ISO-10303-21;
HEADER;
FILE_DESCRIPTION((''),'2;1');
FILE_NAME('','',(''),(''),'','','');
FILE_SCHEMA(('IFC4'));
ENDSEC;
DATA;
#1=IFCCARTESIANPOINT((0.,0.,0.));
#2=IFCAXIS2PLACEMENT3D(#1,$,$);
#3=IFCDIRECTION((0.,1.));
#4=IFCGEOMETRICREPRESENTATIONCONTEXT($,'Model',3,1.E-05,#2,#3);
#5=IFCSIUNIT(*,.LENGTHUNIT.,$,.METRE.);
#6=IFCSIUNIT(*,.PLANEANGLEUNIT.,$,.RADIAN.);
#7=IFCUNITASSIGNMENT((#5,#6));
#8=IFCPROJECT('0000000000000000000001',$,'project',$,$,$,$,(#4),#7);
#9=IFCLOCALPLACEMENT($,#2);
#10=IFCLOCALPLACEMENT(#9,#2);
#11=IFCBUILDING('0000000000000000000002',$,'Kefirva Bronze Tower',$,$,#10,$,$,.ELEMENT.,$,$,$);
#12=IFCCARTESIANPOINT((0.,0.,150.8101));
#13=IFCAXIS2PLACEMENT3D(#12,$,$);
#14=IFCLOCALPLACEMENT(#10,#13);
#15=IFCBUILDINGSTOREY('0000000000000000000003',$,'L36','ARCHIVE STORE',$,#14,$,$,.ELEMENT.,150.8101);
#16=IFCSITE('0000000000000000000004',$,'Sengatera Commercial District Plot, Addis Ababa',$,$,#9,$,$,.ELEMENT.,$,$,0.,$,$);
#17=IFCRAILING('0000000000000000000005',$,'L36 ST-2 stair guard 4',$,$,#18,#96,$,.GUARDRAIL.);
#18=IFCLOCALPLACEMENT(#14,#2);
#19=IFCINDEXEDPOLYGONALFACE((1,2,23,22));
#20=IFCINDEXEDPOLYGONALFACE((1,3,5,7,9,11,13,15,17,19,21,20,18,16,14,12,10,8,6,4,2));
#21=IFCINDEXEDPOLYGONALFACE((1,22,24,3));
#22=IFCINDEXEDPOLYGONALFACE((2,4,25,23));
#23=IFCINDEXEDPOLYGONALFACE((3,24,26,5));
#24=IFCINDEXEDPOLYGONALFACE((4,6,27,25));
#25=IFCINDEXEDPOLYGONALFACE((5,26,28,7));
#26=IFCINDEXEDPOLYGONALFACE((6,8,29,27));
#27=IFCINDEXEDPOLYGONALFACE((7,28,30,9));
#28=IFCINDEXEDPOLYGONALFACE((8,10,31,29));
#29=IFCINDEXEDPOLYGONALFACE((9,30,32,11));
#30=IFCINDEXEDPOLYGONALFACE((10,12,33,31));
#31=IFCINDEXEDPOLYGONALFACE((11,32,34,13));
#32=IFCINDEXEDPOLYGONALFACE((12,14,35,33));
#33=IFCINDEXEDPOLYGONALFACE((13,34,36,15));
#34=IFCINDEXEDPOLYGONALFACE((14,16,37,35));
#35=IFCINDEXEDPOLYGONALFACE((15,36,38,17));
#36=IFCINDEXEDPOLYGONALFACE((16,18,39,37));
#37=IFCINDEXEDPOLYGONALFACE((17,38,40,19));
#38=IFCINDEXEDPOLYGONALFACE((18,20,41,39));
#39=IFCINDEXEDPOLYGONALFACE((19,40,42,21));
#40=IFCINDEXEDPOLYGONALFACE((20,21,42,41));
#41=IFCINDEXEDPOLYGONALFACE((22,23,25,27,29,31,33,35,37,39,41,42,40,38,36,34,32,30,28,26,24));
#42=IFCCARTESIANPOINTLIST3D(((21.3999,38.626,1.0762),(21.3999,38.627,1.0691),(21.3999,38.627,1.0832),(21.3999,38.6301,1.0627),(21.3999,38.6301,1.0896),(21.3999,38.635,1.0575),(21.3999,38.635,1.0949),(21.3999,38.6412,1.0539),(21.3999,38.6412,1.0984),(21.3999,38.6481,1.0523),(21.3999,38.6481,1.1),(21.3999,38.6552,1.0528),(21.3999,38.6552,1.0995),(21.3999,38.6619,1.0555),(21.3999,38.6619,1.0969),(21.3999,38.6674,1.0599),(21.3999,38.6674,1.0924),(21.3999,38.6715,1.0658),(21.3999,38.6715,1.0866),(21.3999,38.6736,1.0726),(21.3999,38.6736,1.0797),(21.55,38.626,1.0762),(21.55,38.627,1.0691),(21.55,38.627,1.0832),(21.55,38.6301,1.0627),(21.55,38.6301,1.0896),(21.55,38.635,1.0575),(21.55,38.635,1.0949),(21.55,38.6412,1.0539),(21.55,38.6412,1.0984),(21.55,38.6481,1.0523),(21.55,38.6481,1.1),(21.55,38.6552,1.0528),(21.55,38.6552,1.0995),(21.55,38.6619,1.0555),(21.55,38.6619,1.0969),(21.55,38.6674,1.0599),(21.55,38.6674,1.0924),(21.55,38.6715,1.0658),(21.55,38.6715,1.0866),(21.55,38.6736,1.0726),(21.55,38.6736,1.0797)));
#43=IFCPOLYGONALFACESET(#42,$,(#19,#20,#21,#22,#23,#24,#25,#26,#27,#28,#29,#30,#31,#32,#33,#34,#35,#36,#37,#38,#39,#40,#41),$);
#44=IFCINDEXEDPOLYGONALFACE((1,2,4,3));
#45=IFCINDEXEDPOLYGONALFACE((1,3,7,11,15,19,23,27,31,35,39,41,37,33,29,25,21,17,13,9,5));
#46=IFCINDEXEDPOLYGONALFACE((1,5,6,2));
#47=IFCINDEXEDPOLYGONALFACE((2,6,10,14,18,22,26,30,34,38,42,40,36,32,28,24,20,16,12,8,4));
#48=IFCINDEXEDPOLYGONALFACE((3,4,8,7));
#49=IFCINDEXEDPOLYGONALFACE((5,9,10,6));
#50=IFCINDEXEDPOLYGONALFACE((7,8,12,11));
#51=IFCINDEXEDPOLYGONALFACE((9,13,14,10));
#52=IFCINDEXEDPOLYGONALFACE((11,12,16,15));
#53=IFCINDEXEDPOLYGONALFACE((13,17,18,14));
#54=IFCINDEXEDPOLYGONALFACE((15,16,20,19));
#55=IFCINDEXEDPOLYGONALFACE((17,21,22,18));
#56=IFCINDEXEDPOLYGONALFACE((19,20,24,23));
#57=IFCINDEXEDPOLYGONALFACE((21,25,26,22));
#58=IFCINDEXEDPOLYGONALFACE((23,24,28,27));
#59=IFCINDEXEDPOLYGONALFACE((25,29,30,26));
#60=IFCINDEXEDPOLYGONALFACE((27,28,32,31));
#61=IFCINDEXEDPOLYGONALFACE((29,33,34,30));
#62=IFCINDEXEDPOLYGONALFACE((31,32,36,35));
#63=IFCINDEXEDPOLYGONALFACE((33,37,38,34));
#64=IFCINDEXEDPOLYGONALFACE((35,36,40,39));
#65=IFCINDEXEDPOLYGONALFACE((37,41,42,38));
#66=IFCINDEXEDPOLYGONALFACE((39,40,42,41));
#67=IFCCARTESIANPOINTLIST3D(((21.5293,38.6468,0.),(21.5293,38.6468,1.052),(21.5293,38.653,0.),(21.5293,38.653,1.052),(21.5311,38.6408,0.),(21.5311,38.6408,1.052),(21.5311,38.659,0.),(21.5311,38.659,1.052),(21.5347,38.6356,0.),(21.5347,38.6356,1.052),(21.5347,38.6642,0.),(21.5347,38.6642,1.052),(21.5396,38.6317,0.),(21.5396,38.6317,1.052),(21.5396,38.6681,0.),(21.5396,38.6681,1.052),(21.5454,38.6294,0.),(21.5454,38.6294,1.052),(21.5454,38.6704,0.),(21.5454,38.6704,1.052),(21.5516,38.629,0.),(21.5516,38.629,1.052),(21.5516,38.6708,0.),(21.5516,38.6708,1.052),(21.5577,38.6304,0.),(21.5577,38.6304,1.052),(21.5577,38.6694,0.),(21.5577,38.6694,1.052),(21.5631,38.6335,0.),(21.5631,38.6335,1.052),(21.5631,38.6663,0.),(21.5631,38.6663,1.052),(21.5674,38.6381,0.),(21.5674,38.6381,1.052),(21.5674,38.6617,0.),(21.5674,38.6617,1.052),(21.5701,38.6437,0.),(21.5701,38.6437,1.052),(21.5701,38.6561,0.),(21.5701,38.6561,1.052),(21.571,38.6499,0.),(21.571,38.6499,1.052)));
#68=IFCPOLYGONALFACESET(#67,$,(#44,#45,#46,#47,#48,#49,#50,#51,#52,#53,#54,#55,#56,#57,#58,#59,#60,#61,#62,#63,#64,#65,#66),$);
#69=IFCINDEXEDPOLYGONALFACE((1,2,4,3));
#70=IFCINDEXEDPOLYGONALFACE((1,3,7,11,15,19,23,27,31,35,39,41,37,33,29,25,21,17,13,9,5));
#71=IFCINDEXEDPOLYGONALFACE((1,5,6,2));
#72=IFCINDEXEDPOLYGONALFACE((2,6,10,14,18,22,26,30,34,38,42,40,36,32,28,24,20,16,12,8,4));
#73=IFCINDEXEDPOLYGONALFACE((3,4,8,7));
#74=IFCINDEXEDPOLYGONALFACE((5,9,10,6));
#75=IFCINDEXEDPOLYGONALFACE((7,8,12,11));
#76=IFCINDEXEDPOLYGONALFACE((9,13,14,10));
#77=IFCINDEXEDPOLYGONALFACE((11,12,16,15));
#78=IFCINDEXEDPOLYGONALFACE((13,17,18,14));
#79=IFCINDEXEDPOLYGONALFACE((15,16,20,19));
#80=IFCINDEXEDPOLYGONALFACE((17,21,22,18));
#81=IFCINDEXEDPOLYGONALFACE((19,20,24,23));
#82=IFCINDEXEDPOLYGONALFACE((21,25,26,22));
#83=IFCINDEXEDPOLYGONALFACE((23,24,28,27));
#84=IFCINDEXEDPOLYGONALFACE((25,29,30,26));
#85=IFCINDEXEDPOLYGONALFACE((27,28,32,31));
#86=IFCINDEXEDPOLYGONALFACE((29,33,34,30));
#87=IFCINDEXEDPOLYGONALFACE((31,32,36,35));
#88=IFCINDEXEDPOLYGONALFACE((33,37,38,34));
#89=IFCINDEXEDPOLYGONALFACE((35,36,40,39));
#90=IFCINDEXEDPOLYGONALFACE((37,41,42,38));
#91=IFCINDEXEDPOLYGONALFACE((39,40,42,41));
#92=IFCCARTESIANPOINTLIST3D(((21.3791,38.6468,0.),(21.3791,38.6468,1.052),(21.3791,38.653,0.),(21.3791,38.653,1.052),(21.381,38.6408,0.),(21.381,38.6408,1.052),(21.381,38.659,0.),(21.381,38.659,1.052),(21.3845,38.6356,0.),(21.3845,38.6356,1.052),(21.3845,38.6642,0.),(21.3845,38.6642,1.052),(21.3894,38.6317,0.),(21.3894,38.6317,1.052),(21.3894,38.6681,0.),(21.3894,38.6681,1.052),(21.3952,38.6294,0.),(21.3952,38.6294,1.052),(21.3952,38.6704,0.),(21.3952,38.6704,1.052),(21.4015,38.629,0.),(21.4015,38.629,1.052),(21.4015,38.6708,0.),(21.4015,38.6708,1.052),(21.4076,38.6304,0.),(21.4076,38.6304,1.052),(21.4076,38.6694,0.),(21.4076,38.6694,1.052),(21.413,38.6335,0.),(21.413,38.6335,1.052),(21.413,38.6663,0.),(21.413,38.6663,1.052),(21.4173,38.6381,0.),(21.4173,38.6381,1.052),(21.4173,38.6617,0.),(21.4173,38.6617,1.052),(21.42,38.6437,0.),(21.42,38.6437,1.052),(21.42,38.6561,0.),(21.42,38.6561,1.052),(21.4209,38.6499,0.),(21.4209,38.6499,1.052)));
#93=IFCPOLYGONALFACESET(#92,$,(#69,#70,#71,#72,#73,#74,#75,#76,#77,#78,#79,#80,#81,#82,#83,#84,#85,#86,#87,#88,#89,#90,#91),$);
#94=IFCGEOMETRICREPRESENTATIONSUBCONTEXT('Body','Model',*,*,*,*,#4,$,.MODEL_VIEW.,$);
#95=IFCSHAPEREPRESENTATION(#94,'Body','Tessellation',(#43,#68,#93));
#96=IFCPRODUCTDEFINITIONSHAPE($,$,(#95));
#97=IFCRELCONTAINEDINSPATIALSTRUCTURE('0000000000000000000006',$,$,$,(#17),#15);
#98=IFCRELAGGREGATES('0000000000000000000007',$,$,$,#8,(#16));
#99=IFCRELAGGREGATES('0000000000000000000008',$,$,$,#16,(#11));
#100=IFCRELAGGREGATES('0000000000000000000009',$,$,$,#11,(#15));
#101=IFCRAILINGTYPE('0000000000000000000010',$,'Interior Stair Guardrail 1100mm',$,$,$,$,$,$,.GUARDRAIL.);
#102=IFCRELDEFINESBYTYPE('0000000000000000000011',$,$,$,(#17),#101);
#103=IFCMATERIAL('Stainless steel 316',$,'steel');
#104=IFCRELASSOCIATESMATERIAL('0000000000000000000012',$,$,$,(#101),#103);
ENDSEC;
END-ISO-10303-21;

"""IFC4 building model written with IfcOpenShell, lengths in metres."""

from ifc_helpers import new_model, si_unit, direction, frame, origin, origin_2d, place, context, subcontext, project, spatial, circle, extrude, material, type_object, element, save


model = new_model("IFC4")

# Units and contexts
model_context = context("Model", 3, precision=1e-05, world=origin(), true_north=direction((0.0, 1.0)))
body_context = subcontext(model_context, "Body", "Model", "MODEL_VIEW")
ifc_project = project(units=[si_unit("LENGTHUNIT", "METRE"), si_unit("PLANEANGLEUNIT", "RADIAN")], contexts=[model_context])

# Site, building, storey
site_placement = place(None, origin())
site = spatial("IfcSite", under=ifc_project, at=site_placement, Name="Sengatera Commercial District Plot, Addis Ababa", CompositionType="ELEMENT", RefElevation=0.0)
building_placement = place(site_placement, origin())
building = spatial("IfcBuilding", under=site, at=building_placement, Name="Kefirva Bronze Tower", CompositionType="ELEMENT")
storey_placement = place(building_placement, frame((0.0, 0.0, 150.8101)))
storey = spatial("IfcBuildingStorey", under=building, at=storey_placement, Name="L36", Description="ARCHIVE STORE", CompositionType="ELEMENT", Elevation=150.8101)

# Railing
ifc_material_1 = material(Name="Stainless steel 316", Category="steel")
railing_type_1 = type_object("IfcRailingType", Name="Interior Stair Guardrail 1100mm", PredefinedType="GUARDRAIL", material=ifc_material_1)
railing_1_placement = place(storey_placement, frame((21.55, 38.6499, 0.0)))
element("IfcRailing", 1, at=railing_1_placement, inside=storey, type_object=railing_type_1, Name="L36 ST-2 stair guard 4", PredefinedType="GUARDRAIL", context=body_context, shape_type="SweptSolid", body=[
    extrude(circle(Radius=0.0239, at=origin_2d()), frame((0.0, 0.0, 1.0762), z_axis=(-1.0, 0.0, 0.0), x_axis=(0.0, -1.0, 0.0)), (0.0, 0.0, 1.0), 0.1501),
    extrude(circle(Radius=0.021, at=origin_2d()), origin(), (0.0, 0.0, 1.0), 1.052),
    extrude(circle(Radius=0.021, at=origin_2d()), frame((-0.1501, 0.0, 0.0)), (0.0, 0.0, 1.0), 1.052),
])

save(model, "model.ifc")
